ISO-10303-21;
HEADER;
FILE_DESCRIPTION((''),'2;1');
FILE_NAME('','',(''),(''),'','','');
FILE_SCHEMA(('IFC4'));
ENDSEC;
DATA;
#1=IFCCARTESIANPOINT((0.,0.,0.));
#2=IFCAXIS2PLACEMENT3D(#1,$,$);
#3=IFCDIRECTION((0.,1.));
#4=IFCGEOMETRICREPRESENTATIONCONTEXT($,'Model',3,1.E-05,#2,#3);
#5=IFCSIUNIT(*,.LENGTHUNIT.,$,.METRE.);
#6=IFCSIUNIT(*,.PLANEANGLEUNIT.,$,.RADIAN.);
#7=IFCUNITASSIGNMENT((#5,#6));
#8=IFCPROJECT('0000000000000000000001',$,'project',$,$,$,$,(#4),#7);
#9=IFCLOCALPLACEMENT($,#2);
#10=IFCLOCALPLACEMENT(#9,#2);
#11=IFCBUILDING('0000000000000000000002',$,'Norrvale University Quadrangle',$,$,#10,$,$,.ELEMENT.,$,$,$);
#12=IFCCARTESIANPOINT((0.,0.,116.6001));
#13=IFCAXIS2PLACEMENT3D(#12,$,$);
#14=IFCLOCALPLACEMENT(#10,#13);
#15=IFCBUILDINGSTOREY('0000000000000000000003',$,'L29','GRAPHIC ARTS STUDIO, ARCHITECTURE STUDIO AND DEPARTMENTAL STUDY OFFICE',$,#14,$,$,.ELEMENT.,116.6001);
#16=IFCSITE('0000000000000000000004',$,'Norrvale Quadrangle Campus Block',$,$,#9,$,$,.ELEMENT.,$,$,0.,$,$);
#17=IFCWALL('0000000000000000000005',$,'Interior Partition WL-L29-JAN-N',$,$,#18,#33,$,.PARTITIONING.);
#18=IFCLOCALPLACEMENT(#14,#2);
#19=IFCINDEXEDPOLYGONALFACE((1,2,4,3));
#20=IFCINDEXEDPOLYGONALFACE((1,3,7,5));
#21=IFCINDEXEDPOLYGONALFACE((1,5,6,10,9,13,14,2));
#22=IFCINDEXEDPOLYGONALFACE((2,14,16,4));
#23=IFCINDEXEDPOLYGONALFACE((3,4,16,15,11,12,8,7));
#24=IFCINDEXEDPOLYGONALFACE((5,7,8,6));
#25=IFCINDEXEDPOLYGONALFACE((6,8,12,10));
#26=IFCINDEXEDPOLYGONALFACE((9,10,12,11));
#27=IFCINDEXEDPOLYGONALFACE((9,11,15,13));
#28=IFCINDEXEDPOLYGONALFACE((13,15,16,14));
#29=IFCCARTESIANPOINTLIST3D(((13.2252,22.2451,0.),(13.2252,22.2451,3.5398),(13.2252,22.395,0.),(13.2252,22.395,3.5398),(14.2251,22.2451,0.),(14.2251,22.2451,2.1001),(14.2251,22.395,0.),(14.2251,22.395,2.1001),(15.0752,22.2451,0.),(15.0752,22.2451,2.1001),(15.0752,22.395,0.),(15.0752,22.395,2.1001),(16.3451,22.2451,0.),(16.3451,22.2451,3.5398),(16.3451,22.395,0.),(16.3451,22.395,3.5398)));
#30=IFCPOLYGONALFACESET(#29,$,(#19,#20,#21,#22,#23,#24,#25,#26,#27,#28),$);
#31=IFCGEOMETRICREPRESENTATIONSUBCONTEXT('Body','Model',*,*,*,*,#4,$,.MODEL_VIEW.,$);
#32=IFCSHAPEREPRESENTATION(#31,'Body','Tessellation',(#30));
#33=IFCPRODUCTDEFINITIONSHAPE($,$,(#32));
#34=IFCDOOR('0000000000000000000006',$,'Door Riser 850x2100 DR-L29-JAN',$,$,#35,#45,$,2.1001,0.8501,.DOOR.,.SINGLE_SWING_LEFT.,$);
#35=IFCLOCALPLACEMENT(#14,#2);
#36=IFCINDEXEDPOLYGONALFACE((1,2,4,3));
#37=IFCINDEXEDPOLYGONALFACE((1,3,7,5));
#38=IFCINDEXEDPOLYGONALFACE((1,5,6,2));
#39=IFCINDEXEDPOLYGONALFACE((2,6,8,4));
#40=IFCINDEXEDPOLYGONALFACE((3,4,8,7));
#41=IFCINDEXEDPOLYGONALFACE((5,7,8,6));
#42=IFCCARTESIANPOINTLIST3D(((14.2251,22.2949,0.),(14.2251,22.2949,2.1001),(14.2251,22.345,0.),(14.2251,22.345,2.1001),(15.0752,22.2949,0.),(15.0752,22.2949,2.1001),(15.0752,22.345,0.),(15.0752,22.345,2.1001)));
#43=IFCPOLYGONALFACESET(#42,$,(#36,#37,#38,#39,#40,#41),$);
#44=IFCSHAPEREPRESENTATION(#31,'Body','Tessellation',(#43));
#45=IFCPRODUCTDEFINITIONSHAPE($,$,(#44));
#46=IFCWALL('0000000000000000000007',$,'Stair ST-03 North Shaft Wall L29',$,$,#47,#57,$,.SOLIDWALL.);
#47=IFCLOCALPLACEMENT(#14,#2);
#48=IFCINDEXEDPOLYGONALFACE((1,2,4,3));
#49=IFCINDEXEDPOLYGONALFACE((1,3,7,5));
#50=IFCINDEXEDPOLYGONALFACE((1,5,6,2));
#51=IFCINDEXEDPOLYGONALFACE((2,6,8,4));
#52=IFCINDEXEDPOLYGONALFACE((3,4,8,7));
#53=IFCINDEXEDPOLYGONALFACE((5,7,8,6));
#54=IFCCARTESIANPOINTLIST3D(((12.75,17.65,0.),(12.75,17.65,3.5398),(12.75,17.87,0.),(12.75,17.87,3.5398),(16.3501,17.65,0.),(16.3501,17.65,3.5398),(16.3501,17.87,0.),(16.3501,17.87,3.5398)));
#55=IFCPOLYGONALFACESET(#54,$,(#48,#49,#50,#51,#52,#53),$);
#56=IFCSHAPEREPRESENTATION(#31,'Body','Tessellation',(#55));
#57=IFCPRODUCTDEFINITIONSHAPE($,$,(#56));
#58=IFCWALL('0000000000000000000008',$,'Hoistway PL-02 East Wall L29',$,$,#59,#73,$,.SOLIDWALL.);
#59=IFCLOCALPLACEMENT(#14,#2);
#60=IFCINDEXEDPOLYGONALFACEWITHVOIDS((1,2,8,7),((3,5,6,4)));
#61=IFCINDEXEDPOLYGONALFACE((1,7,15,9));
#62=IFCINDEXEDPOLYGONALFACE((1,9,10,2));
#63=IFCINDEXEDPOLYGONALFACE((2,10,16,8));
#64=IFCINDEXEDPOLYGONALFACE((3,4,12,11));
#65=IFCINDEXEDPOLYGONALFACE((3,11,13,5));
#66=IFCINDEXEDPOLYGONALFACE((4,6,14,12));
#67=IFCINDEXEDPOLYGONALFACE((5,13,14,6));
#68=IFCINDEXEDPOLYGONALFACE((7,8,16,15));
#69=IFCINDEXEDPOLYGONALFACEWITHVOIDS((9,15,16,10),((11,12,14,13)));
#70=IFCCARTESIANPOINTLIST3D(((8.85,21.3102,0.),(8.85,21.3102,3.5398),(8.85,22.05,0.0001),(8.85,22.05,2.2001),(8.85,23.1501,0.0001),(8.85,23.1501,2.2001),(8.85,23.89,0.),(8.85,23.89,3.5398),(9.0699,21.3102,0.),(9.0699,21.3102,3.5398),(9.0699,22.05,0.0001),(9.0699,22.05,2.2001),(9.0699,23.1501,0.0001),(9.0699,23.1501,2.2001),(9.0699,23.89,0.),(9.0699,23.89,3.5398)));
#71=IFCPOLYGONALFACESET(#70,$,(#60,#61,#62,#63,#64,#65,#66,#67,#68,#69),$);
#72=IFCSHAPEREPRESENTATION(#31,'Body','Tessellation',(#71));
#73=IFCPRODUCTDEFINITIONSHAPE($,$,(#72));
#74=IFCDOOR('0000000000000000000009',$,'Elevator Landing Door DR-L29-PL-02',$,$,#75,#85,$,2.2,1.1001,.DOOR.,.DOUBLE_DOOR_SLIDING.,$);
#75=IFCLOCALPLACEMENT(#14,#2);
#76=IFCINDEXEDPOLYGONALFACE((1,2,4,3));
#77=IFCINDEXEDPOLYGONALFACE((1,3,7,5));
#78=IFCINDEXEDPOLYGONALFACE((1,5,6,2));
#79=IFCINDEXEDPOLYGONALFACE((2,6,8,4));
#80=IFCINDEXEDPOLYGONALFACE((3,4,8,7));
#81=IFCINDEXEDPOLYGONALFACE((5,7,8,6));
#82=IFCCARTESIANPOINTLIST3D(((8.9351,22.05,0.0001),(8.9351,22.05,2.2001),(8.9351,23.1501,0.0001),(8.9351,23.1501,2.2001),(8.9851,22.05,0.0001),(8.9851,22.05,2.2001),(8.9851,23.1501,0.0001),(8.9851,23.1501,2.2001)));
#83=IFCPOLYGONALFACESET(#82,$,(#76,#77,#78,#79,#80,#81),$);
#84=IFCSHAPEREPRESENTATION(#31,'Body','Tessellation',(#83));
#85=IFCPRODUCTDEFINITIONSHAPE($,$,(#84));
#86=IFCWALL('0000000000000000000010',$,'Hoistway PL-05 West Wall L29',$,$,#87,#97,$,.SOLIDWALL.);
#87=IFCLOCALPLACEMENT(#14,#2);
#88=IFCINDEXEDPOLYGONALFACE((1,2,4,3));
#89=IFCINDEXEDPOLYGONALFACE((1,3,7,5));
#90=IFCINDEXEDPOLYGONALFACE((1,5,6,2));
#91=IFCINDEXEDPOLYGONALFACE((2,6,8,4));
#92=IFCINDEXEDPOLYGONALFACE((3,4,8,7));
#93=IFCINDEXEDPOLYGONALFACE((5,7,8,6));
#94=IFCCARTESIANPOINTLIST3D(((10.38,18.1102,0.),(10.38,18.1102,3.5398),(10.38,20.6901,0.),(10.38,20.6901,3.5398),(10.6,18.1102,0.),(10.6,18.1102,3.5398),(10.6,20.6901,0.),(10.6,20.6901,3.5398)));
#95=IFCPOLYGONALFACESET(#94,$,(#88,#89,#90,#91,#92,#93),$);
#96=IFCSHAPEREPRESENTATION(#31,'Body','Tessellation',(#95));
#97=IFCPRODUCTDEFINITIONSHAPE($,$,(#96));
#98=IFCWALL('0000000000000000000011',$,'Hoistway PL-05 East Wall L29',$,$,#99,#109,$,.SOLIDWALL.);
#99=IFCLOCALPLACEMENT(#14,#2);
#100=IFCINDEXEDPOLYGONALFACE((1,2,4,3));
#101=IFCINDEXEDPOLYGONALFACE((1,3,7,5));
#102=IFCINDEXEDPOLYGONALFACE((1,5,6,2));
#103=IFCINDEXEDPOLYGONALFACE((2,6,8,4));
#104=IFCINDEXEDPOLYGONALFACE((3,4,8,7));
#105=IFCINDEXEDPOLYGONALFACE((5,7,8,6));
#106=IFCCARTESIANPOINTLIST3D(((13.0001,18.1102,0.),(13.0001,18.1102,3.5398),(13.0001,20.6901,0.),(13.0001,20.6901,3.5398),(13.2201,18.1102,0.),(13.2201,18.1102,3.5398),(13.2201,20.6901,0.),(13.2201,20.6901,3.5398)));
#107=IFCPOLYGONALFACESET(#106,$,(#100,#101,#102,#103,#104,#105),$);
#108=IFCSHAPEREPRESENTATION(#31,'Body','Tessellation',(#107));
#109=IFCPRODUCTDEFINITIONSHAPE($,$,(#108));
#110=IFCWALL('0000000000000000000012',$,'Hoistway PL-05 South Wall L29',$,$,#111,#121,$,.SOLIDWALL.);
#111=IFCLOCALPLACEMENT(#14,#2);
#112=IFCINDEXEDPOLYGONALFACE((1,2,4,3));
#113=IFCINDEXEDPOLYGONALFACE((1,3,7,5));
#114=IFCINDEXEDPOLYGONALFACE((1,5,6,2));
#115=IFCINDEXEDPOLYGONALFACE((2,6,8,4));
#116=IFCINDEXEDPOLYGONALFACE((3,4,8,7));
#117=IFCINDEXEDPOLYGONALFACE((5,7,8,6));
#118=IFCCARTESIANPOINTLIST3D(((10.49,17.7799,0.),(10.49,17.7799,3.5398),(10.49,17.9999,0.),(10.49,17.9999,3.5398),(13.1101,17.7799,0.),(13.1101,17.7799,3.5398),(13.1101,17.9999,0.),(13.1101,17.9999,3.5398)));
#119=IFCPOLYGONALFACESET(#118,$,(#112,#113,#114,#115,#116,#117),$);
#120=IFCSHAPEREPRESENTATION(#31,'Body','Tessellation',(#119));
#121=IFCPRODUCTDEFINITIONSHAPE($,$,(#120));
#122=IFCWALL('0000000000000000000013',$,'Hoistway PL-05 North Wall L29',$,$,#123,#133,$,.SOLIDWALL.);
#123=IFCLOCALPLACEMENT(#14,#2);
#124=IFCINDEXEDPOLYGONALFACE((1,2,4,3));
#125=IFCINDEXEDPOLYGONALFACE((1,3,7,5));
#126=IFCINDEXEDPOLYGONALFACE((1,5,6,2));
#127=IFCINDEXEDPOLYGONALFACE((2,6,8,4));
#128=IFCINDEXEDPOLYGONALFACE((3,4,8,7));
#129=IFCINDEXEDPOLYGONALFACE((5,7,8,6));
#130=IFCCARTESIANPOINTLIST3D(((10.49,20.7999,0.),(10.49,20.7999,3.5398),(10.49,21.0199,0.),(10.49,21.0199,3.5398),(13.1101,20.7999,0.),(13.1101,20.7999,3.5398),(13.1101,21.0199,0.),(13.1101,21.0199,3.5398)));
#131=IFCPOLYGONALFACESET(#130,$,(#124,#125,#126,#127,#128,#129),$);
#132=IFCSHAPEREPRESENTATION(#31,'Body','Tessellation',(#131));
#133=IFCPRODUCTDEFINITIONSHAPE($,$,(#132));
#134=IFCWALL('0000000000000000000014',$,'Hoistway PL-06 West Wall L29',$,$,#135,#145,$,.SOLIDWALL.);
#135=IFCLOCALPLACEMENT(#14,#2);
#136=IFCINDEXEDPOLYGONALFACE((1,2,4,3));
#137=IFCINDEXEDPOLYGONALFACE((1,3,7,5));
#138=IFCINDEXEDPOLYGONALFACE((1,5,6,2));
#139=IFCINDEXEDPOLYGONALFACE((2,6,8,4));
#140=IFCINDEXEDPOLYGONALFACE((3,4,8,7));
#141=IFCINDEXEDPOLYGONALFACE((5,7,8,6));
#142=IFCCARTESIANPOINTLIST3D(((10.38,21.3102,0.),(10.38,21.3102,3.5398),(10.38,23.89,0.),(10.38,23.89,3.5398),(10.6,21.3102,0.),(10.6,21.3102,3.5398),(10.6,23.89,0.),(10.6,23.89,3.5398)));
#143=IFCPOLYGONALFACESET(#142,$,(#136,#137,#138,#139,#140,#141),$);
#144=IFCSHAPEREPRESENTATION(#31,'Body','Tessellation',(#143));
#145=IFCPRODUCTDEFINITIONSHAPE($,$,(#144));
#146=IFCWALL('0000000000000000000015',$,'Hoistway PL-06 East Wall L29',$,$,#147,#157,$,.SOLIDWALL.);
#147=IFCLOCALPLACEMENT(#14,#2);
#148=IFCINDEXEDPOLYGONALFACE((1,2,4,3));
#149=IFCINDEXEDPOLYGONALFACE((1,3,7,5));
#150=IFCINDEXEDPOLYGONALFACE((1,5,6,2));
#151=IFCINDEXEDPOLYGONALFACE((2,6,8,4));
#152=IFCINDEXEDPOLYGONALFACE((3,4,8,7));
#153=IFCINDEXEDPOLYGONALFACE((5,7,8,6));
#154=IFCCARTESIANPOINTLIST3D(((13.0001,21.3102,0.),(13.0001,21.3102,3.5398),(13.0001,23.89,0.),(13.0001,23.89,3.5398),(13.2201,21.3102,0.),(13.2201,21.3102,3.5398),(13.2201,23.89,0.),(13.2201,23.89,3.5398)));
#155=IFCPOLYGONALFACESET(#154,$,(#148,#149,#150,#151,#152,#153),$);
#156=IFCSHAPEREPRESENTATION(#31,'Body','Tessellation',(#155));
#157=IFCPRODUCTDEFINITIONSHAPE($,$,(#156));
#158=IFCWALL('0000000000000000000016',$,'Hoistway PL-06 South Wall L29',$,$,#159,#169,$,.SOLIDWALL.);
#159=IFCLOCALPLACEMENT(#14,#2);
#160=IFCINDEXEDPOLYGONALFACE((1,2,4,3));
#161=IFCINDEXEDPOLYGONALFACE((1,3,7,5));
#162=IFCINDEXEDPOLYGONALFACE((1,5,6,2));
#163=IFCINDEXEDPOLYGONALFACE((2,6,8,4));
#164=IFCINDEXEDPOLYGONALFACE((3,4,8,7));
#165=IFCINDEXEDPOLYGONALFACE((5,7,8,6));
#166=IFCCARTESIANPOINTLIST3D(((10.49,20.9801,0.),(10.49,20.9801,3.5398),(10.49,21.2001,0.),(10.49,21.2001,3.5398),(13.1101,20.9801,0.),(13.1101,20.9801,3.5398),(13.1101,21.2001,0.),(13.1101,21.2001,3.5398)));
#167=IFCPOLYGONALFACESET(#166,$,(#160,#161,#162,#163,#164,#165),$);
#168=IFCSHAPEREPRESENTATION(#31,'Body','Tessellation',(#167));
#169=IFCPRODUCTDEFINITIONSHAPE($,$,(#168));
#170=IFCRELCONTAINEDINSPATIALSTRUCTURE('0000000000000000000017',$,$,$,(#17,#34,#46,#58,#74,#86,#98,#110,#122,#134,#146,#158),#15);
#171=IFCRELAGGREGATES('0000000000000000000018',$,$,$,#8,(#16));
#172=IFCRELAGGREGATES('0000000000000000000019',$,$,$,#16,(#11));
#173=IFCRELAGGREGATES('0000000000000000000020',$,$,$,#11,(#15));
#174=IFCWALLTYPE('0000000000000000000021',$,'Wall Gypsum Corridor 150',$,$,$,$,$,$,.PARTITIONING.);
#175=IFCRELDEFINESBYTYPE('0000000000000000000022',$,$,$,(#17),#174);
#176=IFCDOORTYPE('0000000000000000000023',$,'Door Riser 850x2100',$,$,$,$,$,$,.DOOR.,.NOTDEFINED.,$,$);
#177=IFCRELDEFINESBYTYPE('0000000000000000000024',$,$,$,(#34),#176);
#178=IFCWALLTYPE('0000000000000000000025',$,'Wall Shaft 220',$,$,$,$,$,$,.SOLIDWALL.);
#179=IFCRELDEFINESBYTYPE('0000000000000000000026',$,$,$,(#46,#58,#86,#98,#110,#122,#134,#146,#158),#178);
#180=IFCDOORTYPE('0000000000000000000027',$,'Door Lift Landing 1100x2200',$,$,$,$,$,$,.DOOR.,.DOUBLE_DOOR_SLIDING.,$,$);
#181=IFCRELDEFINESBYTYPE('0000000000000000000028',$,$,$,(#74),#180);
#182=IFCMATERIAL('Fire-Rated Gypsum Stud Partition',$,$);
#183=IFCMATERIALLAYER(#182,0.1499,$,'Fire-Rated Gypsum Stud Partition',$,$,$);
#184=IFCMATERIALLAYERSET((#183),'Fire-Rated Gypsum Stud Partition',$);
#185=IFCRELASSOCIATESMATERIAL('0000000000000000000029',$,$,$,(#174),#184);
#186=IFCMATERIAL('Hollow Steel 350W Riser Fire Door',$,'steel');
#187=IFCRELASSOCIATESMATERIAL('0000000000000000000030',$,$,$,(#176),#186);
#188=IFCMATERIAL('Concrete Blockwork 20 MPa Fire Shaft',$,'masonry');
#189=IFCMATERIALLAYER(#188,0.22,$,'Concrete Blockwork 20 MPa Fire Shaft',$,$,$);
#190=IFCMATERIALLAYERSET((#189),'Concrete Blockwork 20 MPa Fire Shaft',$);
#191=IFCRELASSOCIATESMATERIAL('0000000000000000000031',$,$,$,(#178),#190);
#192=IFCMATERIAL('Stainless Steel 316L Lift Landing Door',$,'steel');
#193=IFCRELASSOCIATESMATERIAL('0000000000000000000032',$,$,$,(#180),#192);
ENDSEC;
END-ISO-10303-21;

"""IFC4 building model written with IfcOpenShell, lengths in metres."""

from ifc_helpers import new_model, si_unit, direction, frame, frame_2d, origin, place, context, subcontext, project, spatial, rectangle, extrude, material, layer, layer_set, type_object, element, fill, save


model = new_model("IFC4")

# Units and contexts
model_context = context("Model", 3, precision=1e-05, world=origin(), true_north=direction((0.0, 1.0)))
body_context = subcontext(model_context, "Body", "Model", "MODEL_VIEW")
ifc_project = project(units=[si_unit("LENGTHUNIT", "METRE"), si_unit("PLANEANGLEUNIT", "RADIAN")], contexts=[model_context])

# Site, building, storey
site_placement = place(None, origin())
site = spatial("IfcSite", under=ifc_project, at=site_placement, Name="Norrvale Quadrangle Campus Block", CompositionType="ELEMENT", RefElevation=0.0)
building_placement = place(site_placement, origin())
building = spatial("IfcBuilding", under=site, at=building_placement, Name="Norrvale University Quadrangle", CompositionType="ELEMENT")
storey_placement = place(building_placement, frame((0.0, 0.0, 116.6001)))
storey = spatial("IfcBuildingStorey", under=building, at=storey_placement, Name="L29", Description="GRAPHIC ARTS STUDIO, ARCHITECTURE STUDIO AND DEPARTMENTAL STUDY OFFICE", CompositionType="ELEMENT", Elevation=116.6001)

# Shared definitions
ifc_material_1 = material(Name="Fire-Rated Gypsum Stud Partition")
ifc_layer_1 = layer(ifc_material_1, 0.1499, Name="Fire-Rated Gypsum Stud Partition")
ifc_layer_set_1 = layer_set([ifc_layer_1], Name="Fire-Rated Gypsum Stud Partition")
wall_type_1 = type_object("IfcWallType", Name="Wall Gypsum Corridor 150", PredefinedType="PARTITIONING", material=ifc_layer_set_1)
ifc_material_2 = material(Name="Hollow Steel 350W Riser Fire Door", Category="steel")
door_type_1 = type_object("IfcDoorType", Name="Door Riser 850x2100", OperationType="NOTDEFINED", PredefinedType="DOOR", material=ifc_material_2)

# Wall, opening, door
wall_1_placement = place(storey_placement, frame((13.2251, 22.3201, 0.0), z_axis=(0.0, 0.0, 1.0), x_axis=(1.0, 0.0, 0.0)))
wall_1 = element("IfcWall", 1, at=wall_1_placement, inside=storey, type_object=wall_type_1, Name="Interior Partition WL-L29-JAN-N", PredefinedType="PARTITIONING", context=body_context, shape_type="SweptSolid", body=[
    extrude(rectangle(XDim=3.1199, YDim=0.1499, at=frame_2d((1.5601, 0.0))), origin(), (0.0, 0.0, 1.0), 3.5398),
])
opening_1_placement = place(wall_1_placement, frame((1.0, 0.0, 0.0)))
opening_1 = element("IfcOpeningElement", 2, at=opening_1_placement, cuts=wall_1, PredefinedType="OPENING", context=body_context, shape_type="SweptSolid", body=[
    extrude(rectangle(XDim=0.8501, YDim=2.1001, at=frame_2d((0.425, 1.05))), frame((0.0, 0.0869, 0.0), z_axis=(0.0, -1.0, 0.0), x_axis=(1.0, 0.0, 0.0)), (0.0, 0.0, 1.0), 0.1738),
])
door_1_placement = place(opening_1_placement, origin())
door_1 = element("IfcDoor", 3, at=door_1_placement, inside=storey, type_object=door_type_1, Name="Door Riser 850x2100 DR-L29-JAN", OperationType="SINGLE_SWING_LEFT", OverallHeight=2.1001, OverallWidth=0.8501, PredefinedType="DOOR", context=body_context, shape_type="SweptSolid", body=[
    extrude(rectangle(XDim=0.8501, YDim=2.1001, at=frame_2d((0.425, 1.05))), frame((0.0, 0.0249, 0.0), z_axis=(0.0, -1.0, 0.0), x_axis=(1.0, 0.0, 0.0)), (0.0, 0.0, 1.0), 0.05),
])
fill(opening_1, door_1)

# Wall
ifc_material_3 = material(Name="Concrete Blockwork 20 MPa Fire Shaft", Category="masonry")
ifc_layer_2 = layer(ifc_material_3, 0.22, Name="Concrete Blockwork 20 MPa Fire Shaft")
ifc_layer_set_2 = layer_set([ifc_layer_2], Name="Concrete Blockwork 20 MPa Fire Shaft")
wall_type_2 = type_object("IfcWallType", Name="Wall Shaft 220", PredefinedType="SOLIDWALL", material=ifc_layer_set_2)
wall_2_placement = place(storey_placement, frame((12.75, 17.76, 0.0), z_axis=(0.0, 0.0, 1.0), x_axis=(1.0, 0.0, 0.0)))
element("IfcWall", 4, at=wall_2_placement, inside=storey, type_object=wall_type_2, Name="Stair ST-03 North Shaft Wall L29", PredefinedType="SOLIDWALL", context=body_context, shape_type="SweptSolid", body=[
    extrude(rectangle(XDim=3.6001, YDim=0.22, at=frame_2d((1.8, 0.0))), origin(), (0.0, 0.0, 1.0), 3.5398),
])

# Wall, opening, door
wall_3_placement = place(storey_placement, frame((8.96, 21.3101, 0.0), z_axis=(0.0, 0.0, 1.0), x_axis=(0.0, 1.0, 0.0)))
wall_3 = element("IfcWall", 5, at=wall_3_placement, inside=storey, type_object=wall_type_2, Name="Hoistway PL-02 East Wall L29", PredefinedType="SOLIDWALL", context=body_context, shape_type="SweptSolid", body=[
    extrude(rectangle(XDim=2.5798, YDim=0.22, at=frame_2d((1.29, 0.0))), origin(), (0.0, 0.0, 1.0), 3.5398),
])
opening_2_placement = place(wall_3_placement, frame((0.74, 0.0, 0.0)))
opening_2 = element("IfcOpeningElement", 6, at=opening_2_placement, cuts=wall_3, PredefinedType="OPENING", context=body_context, shape_type="SweptSolid", body=[
    extrude(rectangle(XDim=1.1001, YDim=2.2, at=frame_2d((0.55, 1.1001))), frame((0.0, 0.1221, 0.0), z_axis=(0.0, -1.0, 0.0), x_axis=(1.0, 0.0, 0.0)), (0.0, 0.0, 1.0), 0.2439),
])
ifc_material_4 = material(Name="Stainless Steel 316L Lift Landing Door", Category="steel")
door_type_2 = type_object("IfcDoorType", Name="Door Lift Landing 1100x2200", OperationType="DOUBLE_DOOR_SLIDING", PredefinedType="DOOR", material=ifc_material_4)
door_2_placement = place(opening_2_placement, origin())
door_2 = element("IfcDoor", 7, at=door_2_placement, inside=storey, type_object=door_type_2, Name="Elevator Landing Door DR-L29-PL-02", OperationType="DOUBLE_DOOR_SLIDING", OverallHeight=2.2, OverallWidth=1.1001, PredefinedType="DOOR", context=body_context, shape_type="SweptSolid", body=[
    extrude(rectangle(XDim=1.1001, YDim=2.2, at=frame_2d((0.55, 1.1001))), frame((0.0, 0.0249, 0.0), z_axis=(0.0, -1.0, 0.0), x_axis=(1.0, 0.0, 0.0)), (0.0, 0.0, 1.0), 0.05),
])
fill(opening_2, door_2)

# Walls
for number, where, z_axis, x_axis, name in (
    (8, (10.49, 18.1101, 0.0), (0.0, 0.0, 1.0), (0.0, 1.0, 0.0), "Hoistway PL-05 West Wall L29"),
    (9, (13.1101, 18.1101, 0.0), (0.0, 0.0, 1.0), (0.0, 1.0, 0.0), "Hoistway PL-05 East Wall L29"),
):
    element("IfcWall", number, at=place(storey_placement, frame(where, z_axis=z_axis, x_axis=x_axis)), inside=storey, type_object=wall_type_2, Name=name, PredefinedType="SOLIDWALL", context=body_context, shape_type="SweptSolid", body=[
        extrude(rectangle(XDim=2.5798, YDim=0.22, at=frame_2d((1.29, 0.0))), origin(), (0.0, 0.0, 1.0), 3.5398),
    ])
for number, where, z_axis, x_axis, name in (
    (10, (10.49, 17.8899, 0.0), (0.0, 0.0, 1.0), (1.0, 0.0, 0.0), "Hoistway PL-05 South Wall L29"),
    (11, (10.49, 20.9099, 0.0), (0.0, 0.0, 1.0), (1.0, 0.0, 0.0), "Hoistway PL-05 North Wall L29"),
):
    element("IfcWall", number, at=place(storey_placement, frame(where, z_axis=z_axis, x_axis=x_axis)), inside=storey, type_object=wall_type_2, Name=name, PredefinedType="SOLIDWALL", context=body_context, shape_type="SweptSolid", body=[
        extrude(rectangle(XDim=2.6201, YDim=0.22, at=frame_2d((1.3101, 0.0))), origin(), (0.0, 0.0, 1.0), 3.5398),
    ])
for number, where, z_axis, x_axis, name in (
    (12, (10.49, 21.3101, 0.0), (0.0, 0.0, 1.0), (0.0, 1.0, 0.0), "Hoistway PL-06 West Wall L29"),
    (13, (13.1101, 21.3101, 0.0), (0.0, 0.0, 1.0), (0.0, 1.0, 0.0), "Hoistway PL-06 East Wall L29"),
):
    element("IfcWall", number, at=place(storey_placement, frame(where, z_axis=z_axis, x_axis=x_axis)), inside=storey, type_object=wall_type_2, Name=name, PredefinedType="SOLIDWALL", context=body_context, shape_type="SweptSolid", body=[
        extrude(rectangle(XDim=2.5798, YDim=0.22, at=frame_2d((1.29, 0.0))), origin(), (0.0, 0.0, 1.0), 3.5398),
    ])
wall_4_placement = place(storey_placement, frame((10.49, 21.0901, 0.0), z_axis=(0.0, 0.0, 1.0), x_axis=(1.0, 0.0, 0.0)))
element("IfcWall", 14, at=wall_4_placement, inside=storey, type_object=wall_type_2, Name="Hoistway PL-06 South Wall L29", PredefinedType="SOLIDWALL", context=body_context, shape_type="SweptSolid", body=[
    extrude(rectangle(XDim=2.6201, YDim=0.22, at=frame_2d((1.3101, 0.0))), origin(), (0.0, 0.0, 1.0), 3.5398),
])

save(model, "model.ifc")
